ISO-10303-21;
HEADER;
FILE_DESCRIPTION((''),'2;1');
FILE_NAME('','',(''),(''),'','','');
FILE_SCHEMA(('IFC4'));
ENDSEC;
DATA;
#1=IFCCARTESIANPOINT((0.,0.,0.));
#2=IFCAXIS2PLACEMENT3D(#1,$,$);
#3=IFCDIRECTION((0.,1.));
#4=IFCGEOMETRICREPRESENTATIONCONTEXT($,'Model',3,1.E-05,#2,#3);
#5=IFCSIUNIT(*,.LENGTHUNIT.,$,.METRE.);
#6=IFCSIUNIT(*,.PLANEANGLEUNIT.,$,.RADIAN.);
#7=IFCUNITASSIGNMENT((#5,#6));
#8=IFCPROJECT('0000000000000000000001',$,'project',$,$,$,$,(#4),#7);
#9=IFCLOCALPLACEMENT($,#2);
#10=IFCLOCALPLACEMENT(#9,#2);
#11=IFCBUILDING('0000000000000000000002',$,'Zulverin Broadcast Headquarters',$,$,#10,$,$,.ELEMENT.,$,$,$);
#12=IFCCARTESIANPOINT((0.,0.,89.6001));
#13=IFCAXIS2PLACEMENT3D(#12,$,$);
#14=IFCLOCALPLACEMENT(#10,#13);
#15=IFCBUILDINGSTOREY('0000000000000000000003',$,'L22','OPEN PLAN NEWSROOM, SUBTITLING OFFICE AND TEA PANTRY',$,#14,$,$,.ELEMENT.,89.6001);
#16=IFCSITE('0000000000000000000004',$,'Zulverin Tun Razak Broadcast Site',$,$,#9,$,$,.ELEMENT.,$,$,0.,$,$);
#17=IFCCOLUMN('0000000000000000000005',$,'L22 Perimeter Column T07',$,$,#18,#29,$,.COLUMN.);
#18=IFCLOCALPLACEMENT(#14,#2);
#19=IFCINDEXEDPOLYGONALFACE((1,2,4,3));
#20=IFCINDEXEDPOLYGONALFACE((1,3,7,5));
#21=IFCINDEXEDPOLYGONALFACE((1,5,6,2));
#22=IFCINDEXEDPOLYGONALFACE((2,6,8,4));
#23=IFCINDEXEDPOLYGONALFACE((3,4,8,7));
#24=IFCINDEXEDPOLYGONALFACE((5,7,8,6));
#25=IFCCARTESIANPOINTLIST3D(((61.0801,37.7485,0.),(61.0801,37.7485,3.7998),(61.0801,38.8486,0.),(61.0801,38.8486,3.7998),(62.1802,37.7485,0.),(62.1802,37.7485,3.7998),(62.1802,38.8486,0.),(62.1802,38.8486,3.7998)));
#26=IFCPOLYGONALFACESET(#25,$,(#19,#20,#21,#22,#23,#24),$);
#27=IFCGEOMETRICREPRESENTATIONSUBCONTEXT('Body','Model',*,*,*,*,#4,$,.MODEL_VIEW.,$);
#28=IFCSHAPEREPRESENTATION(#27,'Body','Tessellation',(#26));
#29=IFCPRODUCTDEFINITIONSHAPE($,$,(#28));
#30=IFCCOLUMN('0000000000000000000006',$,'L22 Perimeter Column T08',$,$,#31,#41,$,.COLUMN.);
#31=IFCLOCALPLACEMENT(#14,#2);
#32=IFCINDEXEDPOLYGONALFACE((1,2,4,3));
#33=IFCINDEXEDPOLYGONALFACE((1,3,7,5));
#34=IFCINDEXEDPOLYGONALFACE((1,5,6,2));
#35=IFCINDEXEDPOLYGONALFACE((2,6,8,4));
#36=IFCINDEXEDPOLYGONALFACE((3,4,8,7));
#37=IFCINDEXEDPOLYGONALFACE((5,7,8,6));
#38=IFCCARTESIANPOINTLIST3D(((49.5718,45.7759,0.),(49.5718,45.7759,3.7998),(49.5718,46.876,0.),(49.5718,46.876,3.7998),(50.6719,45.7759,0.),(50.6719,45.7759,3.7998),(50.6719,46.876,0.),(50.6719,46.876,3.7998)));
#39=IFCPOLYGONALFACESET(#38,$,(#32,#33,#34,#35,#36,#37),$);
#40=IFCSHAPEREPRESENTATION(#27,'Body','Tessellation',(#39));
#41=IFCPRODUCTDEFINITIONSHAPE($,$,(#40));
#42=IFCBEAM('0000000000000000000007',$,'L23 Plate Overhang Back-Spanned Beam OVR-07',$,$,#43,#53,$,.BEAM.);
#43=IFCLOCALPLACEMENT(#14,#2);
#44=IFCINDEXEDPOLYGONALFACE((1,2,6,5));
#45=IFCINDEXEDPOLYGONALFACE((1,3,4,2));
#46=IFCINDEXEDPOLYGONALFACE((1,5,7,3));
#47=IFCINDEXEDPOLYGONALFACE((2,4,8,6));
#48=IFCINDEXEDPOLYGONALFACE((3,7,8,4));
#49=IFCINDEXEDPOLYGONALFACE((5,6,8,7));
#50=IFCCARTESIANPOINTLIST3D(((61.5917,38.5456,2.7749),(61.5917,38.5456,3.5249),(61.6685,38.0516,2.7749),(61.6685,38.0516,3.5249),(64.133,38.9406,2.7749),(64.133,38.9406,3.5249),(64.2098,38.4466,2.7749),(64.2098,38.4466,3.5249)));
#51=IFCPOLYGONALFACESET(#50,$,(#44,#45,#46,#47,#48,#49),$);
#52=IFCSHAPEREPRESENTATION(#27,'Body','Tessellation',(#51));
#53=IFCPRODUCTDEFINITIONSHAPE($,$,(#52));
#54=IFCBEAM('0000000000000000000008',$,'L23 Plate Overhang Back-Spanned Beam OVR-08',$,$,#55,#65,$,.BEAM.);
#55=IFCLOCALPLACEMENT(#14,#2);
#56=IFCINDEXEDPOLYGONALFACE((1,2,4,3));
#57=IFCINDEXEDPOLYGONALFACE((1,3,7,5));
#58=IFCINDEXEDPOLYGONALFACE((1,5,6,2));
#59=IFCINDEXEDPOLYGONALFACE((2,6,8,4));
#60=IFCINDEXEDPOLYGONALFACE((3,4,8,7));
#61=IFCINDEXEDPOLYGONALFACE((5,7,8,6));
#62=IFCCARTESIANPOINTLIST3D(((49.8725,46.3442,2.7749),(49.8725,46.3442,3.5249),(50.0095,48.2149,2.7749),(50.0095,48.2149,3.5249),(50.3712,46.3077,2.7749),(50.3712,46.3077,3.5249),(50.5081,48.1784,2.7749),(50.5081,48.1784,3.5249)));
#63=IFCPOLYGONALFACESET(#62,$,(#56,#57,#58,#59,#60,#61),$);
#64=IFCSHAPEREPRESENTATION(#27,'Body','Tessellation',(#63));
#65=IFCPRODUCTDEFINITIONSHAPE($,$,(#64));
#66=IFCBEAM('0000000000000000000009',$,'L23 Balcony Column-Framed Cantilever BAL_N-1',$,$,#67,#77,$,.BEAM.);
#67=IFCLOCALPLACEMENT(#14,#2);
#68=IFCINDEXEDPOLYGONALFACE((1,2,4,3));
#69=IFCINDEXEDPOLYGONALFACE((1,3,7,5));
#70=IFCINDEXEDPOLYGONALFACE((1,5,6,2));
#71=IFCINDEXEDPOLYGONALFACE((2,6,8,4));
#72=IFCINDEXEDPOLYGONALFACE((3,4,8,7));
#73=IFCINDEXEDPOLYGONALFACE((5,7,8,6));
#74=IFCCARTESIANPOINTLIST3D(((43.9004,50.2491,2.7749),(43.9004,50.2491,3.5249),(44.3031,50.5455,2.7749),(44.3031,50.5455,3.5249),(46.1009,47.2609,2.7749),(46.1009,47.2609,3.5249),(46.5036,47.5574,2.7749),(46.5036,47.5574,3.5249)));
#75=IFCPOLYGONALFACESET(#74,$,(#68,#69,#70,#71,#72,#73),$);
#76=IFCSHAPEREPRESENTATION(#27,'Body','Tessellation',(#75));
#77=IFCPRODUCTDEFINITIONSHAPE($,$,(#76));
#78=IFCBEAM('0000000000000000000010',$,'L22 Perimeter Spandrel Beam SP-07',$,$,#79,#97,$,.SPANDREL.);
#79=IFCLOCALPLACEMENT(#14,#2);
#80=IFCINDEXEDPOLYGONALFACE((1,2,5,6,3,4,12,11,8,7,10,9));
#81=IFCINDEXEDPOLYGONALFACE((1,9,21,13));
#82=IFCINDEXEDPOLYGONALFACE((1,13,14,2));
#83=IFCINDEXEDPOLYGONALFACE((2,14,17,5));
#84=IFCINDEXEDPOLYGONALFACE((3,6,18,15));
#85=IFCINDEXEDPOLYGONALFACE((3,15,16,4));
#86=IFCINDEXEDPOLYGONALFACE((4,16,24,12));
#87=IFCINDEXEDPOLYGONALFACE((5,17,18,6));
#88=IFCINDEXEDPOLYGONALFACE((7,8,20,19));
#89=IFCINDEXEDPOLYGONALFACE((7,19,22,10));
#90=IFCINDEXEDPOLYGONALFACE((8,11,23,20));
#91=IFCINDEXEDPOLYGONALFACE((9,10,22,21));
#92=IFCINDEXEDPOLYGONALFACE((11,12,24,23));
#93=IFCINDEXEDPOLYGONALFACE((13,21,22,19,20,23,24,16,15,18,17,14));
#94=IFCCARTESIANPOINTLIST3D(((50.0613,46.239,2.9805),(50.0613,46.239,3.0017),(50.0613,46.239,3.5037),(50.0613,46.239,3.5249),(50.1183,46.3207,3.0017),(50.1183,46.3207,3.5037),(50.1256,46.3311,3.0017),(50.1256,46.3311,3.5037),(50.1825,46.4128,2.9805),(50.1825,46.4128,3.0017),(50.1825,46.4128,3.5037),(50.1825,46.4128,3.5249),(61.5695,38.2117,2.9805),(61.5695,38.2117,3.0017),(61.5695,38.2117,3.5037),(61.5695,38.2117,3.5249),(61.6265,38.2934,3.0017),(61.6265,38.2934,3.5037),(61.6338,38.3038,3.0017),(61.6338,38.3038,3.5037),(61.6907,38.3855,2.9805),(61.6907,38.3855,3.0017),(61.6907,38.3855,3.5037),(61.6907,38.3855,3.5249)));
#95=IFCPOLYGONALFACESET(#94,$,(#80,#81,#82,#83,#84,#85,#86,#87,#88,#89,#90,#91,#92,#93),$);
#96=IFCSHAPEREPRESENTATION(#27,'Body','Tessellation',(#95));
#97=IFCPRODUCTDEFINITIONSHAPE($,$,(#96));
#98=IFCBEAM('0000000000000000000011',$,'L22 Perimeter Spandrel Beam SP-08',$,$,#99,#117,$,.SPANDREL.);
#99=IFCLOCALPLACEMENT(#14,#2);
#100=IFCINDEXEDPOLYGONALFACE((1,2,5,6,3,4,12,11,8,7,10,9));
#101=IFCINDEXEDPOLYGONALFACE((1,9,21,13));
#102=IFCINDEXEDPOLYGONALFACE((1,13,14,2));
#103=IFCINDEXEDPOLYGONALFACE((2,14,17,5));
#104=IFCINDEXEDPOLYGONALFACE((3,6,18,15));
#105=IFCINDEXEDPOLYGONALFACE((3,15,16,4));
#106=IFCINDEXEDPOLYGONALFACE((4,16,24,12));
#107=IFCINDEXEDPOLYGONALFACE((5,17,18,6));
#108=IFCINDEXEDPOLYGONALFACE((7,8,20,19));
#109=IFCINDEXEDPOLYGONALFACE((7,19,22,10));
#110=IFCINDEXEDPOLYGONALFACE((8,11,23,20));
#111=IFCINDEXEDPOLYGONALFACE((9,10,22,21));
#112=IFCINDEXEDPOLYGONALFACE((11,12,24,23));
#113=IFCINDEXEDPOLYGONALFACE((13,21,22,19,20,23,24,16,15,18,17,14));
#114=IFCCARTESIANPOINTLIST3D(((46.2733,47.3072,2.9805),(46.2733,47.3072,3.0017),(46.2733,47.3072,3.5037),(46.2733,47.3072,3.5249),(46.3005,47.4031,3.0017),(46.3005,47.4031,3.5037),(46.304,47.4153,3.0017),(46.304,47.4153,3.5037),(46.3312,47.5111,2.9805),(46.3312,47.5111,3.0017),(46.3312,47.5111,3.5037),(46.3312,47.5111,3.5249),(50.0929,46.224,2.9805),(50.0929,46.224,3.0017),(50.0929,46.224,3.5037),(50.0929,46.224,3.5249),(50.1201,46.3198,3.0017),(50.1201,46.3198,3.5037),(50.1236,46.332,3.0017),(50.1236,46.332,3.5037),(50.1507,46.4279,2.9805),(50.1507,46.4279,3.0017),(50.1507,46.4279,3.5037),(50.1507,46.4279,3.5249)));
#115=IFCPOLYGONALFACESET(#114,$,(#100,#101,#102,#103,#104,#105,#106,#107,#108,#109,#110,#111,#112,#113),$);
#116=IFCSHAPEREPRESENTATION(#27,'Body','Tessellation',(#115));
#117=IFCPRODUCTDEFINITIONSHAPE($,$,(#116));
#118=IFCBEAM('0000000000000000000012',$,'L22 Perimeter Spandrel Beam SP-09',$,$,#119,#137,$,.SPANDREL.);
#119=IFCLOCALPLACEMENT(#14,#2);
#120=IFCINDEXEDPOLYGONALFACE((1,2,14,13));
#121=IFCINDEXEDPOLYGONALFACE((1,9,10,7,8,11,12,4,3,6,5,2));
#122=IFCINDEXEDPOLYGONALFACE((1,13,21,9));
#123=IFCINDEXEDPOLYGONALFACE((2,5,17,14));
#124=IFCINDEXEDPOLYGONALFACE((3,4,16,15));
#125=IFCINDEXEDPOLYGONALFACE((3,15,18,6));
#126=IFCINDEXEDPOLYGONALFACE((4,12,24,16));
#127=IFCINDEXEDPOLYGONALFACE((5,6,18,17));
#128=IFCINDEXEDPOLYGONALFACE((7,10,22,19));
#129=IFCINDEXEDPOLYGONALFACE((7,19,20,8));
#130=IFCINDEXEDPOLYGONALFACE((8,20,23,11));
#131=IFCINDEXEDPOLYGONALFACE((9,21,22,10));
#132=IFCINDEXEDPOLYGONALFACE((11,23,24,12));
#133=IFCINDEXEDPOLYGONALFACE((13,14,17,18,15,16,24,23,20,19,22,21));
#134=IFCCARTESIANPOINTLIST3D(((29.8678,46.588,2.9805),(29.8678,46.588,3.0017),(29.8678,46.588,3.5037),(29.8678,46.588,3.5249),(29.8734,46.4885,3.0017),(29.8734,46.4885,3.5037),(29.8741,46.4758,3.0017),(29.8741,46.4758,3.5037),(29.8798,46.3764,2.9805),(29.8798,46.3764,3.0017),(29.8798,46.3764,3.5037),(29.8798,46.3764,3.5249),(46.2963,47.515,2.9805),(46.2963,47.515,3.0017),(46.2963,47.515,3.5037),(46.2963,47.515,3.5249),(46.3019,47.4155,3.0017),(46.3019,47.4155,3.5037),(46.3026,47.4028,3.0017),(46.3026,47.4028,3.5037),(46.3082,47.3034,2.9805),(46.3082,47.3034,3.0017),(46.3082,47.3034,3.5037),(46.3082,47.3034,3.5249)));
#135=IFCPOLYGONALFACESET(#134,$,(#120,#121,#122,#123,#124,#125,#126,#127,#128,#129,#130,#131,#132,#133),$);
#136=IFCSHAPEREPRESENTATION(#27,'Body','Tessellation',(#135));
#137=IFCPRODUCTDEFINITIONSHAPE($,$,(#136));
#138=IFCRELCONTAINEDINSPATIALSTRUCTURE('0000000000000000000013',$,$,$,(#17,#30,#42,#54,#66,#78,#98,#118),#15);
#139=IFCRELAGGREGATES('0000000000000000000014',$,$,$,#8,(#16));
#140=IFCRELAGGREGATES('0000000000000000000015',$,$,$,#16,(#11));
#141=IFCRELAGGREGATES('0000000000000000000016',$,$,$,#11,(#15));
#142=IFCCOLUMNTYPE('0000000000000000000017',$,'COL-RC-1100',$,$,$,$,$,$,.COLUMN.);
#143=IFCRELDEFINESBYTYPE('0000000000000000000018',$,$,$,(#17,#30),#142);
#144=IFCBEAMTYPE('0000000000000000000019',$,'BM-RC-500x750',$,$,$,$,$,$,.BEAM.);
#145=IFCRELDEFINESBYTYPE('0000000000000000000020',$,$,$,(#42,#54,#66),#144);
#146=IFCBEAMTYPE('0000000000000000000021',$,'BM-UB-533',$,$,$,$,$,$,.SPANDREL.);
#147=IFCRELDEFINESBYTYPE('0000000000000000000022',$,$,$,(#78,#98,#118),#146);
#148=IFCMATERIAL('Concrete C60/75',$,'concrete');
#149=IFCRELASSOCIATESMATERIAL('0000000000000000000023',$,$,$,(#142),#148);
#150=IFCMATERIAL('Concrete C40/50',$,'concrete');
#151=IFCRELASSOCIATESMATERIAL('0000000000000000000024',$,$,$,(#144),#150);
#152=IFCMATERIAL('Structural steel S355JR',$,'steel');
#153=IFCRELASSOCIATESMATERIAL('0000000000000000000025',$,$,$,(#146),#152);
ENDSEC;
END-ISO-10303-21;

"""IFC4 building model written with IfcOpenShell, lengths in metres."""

from ifc_helpers import new_model, si_unit, direction, frame, origin, origin_2d, place, context, subcontext, project, spatial, rectangle, i_section, extrude, material, material_profile, profile_set, type_object, element, save


model = new_model("IFC4")

# Units and contexts
model_context = context("Model", 3, precision=1e-05, world=origin(), true_north=direction((0.0, 1.0)))
body_context = subcontext(model_context, "Body", "Model", "MODEL_VIEW")
ifc_project = project(units=[si_unit("LENGTHUNIT", "METRE"), si_unit("PLANEANGLEUNIT", "RADIAN")], contexts=[model_context])

# Site, building, storey
site_placement = place(None, origin())
site = spatial("IfcSite", under=ifc_project, at=site_placement, Name="Zulverin Tun Razak Broadcast Site", CompositionType="ELEMENT", RefElevation=0.0)
building_placement = place(site_placement, origin())
building = spatial("IfcBuilding", under=site, at=building_placement, Name="Zulverin Broadcast Headquarters", CompositionType="ELEMENT")
storey_placement = place(building_placement, frame((0.0, 0.0, 89.6001)))
storey = spatial("IfcBuildingStorey", under=building, at=storey_placement, Name="L22", Description="OPEN PLAN NEWSROOM, SUBTITLING OFFICE AND TEA PANTRY", CompositionType="ELEMENT", Elevation=89.6001)

# Columns
ifc_material_1 = material(Name="Concrete C60/75", Category="concrete")
ifc_material_profile_1 = material_profile(ifc_material_1, rectangle(XDim=1.1001, YDim=1.1001, at=origin_2d()), Name="Concrete C60/75", Category="concrete")
ifc_profile_set_1 = profile_set([ifc_material_profile_1], Name="Concrete C60/75")
column_type = type_object("IfcColumnType", Name="COL-RC-1100", PredefinedType="COLUMN", material=ifc_profile_set_1)
for number, where, z_axis, x_axis, name in (
    (1, (61.6301, 38.2986, 0.0), (0.0, 0.0, 1.0), (1.0, 0.0, 0.0), "L22 Perimeter Column T07"),
    (2, (50.1218, 46.3259, 0.0), (0.0, 0.0, 1.0), (1.0, 0.0, 0.0), "L22 Perimeter Column T08"),
):
    element("IfcColumn", number, at=place(storey_placement, frame(where, z_axis=z_axis, x_axis=x_axis)), inside=storey, type_object=column_type, Name=name, PredefinedType="COLUMN", context=body_context, shape_type="SweptSolid", body=[
        extrude(rectangle(XDim=1.1001, YDim=1.1001, at=origin_2d()), origin(), (0.0, 0.0, 1.0), 3.7998),
    ])

# Beams
ifc_material_2 = material(Name="Concrete C40/50", Category="concrete")
ifc_material_profile_2 = material_profile(ifc_material_2, rectangle(XDim=0.5, YDim=0.75, at=origin_2d()), Name="Concrete C40/50", Category="concrete")
ifc_profile_set_2 = profile_set([ifc_material_profile_2], Name="Concrete C40/50")
beam_type_1 = type_object("IfcBeamType", Name="BM-RC-500x750", PredefinedType="BEAM", material=ifc_profile_set_2)
beam_1_placement = place(storey_placement, frame((61.6301, 38.2986, 3.1499), z_axis=(0.988133, 0.153598, 0.0), x_axis=(-0.153598, 0.988133, 0.0)))
element("IfcBeam", 3, at=beam_1_placement, inside=storey, type_object=beam_type_1, Name="L23 Plate Overhang Back-Spanned Beam OVR-07", PredefinedType="BEAM", context=body_context, shape_type="SweptSolid", body=[
    extrude(rectangle(XDim=0.5, YDim=0.75, at=origin_2d()), origin(), (0.0, 0.0, 1.0), 2.5718),
])
beam_2_placement = place(storey_placement, frame((50.1218, 46.3259, 3.1499), z_axis=(0.073023, 0.99733, 0.0), x_axis=(-0.99733, 0.073023, 0.0)))
element("IfcBeam", 4, at=beam_2_placement, inside=storey, type_object=beam_type_1, Name="L23 Plate Overhang Back-Spanned Beam OVR-08", PredefinedType="BEAM", context=body_context, shape_type="SweptSolid", body=[
    extrude(rectangle(XDim=0.5, YDim=0.75, at=origin_2d()), origin(), (0.0, 0.0, 1.0), 1.8757),
])
beam_3_placement = place(storey_placement, frame((46.3022, 47.4092, 3.1499), z_axis=(-0.592977, 0.80522, 0.0), x_axis=(-0.80522, -0.592977, 0.0)))
element("IfcBeam", 5, at=beam_3_placement, inside=storey, type_object=beam_type_1, Name="L23 Balcony Column-Framed Cantilever BAL_N-1", PredefinedType="BEAM", context=body_context, shape_type="SweptSolid", body=[
    extrude(rectangle(XDim=0.5, YDim=0.75, at=origin_2d()), origin(), (0.0, 0.0, 1.0), 3.7109),
])
ifc_material_3 = material(Name="Structural steel S355JR", Category="steel")
ifc_material_profile_3 = material_profile(ifc_material_3, i_section(OverallWidth=0.2119, OverallDepth=0.5444, WebThickness=0.0127, FlangeThickness=0.0212, at=origin_2d()), Name="Structural steel S355JR", Category="steel")
ifc_profile_set_3 = profile_set([ifc_material_profile_3], Name="Structural steel S355JR")
beam_type_2 = type_object("IfcBeamType", Name="BM-UB-533", PredefinedType="SPANDREL", material=ifc_profile_set_3)
beam_4_placement = place(storey_placement, frame((61.6301, 38.2986, 3.2527), z_axis=(-0.820184, 0.5721, 0.0), x_axis=(-0.5721, -0.820184, 0.0)))
element("IfcBeam", 6, at=beam_4_placement, inside=storey, type_object=beam_type_2, Name="L22 Perimeter Spandrel Beam SP-07", PredefinedType="SPANDREL", context=body_context, shape_type="SweptSolid", body=[
    extrude(i_section(OverallWidth=0.2119, OverallDepth=0.5444, WebThickness=0.0127, FlangeThickness=0.0212, at=origin_2d()), origin(), (0.0, 0.0, 1.0), 14.0312),
])
beam_5_placement = place(storey_placement, frame((50.1218, 46.3259, 3.2527), z_axis=(-0.962058, 0.272844, 0.0), x_axis=(-0.272844, -0.962058, 0.0)))
element("IfcBeam", 7, at=beam_5_placement, inside=storey, type_object=beam_type_2, Name="L22 Perimeter Spandrel Beam SP-08", PredefinedType="SPANDREL", context=body_context, shape_type="SweptSolid", body=[
    extrude(i_section(OverallWidth=0.2119, OverallDepth=0.5444, WebThickness=0.0127, FlangeThickness=0.0212, at=origin_2d()), origin(), (0.0, 0.0, 1.0), 3.9702),
])
beam_6_placement = place(storey_placement, frame((46.3022, 47.4092, 3.2527), z_axis=(-0.998412, -0.056337, 0.0), x_axis=(0.056337, -0.998412, 0.0)))
element("IfcBeam", 8, at=beam_6_placement, inside=storey, type_object=beam_type_2, Name="L22 Perimeter Spandrel Beam SP-09", PredefinedType="SPANDREL", context=body_context, shape_type="SweptSolid", body=[
    extrude(i_section(OverallWidth=0.2119, OverallDepth=0.5444, WebThickness=0.0127, FlangeThickness=0.0212, at=origin_2d()), origin(), (0.0, 0.0, 1.0), 16.4546),
])

save(model, "model.ifc")
